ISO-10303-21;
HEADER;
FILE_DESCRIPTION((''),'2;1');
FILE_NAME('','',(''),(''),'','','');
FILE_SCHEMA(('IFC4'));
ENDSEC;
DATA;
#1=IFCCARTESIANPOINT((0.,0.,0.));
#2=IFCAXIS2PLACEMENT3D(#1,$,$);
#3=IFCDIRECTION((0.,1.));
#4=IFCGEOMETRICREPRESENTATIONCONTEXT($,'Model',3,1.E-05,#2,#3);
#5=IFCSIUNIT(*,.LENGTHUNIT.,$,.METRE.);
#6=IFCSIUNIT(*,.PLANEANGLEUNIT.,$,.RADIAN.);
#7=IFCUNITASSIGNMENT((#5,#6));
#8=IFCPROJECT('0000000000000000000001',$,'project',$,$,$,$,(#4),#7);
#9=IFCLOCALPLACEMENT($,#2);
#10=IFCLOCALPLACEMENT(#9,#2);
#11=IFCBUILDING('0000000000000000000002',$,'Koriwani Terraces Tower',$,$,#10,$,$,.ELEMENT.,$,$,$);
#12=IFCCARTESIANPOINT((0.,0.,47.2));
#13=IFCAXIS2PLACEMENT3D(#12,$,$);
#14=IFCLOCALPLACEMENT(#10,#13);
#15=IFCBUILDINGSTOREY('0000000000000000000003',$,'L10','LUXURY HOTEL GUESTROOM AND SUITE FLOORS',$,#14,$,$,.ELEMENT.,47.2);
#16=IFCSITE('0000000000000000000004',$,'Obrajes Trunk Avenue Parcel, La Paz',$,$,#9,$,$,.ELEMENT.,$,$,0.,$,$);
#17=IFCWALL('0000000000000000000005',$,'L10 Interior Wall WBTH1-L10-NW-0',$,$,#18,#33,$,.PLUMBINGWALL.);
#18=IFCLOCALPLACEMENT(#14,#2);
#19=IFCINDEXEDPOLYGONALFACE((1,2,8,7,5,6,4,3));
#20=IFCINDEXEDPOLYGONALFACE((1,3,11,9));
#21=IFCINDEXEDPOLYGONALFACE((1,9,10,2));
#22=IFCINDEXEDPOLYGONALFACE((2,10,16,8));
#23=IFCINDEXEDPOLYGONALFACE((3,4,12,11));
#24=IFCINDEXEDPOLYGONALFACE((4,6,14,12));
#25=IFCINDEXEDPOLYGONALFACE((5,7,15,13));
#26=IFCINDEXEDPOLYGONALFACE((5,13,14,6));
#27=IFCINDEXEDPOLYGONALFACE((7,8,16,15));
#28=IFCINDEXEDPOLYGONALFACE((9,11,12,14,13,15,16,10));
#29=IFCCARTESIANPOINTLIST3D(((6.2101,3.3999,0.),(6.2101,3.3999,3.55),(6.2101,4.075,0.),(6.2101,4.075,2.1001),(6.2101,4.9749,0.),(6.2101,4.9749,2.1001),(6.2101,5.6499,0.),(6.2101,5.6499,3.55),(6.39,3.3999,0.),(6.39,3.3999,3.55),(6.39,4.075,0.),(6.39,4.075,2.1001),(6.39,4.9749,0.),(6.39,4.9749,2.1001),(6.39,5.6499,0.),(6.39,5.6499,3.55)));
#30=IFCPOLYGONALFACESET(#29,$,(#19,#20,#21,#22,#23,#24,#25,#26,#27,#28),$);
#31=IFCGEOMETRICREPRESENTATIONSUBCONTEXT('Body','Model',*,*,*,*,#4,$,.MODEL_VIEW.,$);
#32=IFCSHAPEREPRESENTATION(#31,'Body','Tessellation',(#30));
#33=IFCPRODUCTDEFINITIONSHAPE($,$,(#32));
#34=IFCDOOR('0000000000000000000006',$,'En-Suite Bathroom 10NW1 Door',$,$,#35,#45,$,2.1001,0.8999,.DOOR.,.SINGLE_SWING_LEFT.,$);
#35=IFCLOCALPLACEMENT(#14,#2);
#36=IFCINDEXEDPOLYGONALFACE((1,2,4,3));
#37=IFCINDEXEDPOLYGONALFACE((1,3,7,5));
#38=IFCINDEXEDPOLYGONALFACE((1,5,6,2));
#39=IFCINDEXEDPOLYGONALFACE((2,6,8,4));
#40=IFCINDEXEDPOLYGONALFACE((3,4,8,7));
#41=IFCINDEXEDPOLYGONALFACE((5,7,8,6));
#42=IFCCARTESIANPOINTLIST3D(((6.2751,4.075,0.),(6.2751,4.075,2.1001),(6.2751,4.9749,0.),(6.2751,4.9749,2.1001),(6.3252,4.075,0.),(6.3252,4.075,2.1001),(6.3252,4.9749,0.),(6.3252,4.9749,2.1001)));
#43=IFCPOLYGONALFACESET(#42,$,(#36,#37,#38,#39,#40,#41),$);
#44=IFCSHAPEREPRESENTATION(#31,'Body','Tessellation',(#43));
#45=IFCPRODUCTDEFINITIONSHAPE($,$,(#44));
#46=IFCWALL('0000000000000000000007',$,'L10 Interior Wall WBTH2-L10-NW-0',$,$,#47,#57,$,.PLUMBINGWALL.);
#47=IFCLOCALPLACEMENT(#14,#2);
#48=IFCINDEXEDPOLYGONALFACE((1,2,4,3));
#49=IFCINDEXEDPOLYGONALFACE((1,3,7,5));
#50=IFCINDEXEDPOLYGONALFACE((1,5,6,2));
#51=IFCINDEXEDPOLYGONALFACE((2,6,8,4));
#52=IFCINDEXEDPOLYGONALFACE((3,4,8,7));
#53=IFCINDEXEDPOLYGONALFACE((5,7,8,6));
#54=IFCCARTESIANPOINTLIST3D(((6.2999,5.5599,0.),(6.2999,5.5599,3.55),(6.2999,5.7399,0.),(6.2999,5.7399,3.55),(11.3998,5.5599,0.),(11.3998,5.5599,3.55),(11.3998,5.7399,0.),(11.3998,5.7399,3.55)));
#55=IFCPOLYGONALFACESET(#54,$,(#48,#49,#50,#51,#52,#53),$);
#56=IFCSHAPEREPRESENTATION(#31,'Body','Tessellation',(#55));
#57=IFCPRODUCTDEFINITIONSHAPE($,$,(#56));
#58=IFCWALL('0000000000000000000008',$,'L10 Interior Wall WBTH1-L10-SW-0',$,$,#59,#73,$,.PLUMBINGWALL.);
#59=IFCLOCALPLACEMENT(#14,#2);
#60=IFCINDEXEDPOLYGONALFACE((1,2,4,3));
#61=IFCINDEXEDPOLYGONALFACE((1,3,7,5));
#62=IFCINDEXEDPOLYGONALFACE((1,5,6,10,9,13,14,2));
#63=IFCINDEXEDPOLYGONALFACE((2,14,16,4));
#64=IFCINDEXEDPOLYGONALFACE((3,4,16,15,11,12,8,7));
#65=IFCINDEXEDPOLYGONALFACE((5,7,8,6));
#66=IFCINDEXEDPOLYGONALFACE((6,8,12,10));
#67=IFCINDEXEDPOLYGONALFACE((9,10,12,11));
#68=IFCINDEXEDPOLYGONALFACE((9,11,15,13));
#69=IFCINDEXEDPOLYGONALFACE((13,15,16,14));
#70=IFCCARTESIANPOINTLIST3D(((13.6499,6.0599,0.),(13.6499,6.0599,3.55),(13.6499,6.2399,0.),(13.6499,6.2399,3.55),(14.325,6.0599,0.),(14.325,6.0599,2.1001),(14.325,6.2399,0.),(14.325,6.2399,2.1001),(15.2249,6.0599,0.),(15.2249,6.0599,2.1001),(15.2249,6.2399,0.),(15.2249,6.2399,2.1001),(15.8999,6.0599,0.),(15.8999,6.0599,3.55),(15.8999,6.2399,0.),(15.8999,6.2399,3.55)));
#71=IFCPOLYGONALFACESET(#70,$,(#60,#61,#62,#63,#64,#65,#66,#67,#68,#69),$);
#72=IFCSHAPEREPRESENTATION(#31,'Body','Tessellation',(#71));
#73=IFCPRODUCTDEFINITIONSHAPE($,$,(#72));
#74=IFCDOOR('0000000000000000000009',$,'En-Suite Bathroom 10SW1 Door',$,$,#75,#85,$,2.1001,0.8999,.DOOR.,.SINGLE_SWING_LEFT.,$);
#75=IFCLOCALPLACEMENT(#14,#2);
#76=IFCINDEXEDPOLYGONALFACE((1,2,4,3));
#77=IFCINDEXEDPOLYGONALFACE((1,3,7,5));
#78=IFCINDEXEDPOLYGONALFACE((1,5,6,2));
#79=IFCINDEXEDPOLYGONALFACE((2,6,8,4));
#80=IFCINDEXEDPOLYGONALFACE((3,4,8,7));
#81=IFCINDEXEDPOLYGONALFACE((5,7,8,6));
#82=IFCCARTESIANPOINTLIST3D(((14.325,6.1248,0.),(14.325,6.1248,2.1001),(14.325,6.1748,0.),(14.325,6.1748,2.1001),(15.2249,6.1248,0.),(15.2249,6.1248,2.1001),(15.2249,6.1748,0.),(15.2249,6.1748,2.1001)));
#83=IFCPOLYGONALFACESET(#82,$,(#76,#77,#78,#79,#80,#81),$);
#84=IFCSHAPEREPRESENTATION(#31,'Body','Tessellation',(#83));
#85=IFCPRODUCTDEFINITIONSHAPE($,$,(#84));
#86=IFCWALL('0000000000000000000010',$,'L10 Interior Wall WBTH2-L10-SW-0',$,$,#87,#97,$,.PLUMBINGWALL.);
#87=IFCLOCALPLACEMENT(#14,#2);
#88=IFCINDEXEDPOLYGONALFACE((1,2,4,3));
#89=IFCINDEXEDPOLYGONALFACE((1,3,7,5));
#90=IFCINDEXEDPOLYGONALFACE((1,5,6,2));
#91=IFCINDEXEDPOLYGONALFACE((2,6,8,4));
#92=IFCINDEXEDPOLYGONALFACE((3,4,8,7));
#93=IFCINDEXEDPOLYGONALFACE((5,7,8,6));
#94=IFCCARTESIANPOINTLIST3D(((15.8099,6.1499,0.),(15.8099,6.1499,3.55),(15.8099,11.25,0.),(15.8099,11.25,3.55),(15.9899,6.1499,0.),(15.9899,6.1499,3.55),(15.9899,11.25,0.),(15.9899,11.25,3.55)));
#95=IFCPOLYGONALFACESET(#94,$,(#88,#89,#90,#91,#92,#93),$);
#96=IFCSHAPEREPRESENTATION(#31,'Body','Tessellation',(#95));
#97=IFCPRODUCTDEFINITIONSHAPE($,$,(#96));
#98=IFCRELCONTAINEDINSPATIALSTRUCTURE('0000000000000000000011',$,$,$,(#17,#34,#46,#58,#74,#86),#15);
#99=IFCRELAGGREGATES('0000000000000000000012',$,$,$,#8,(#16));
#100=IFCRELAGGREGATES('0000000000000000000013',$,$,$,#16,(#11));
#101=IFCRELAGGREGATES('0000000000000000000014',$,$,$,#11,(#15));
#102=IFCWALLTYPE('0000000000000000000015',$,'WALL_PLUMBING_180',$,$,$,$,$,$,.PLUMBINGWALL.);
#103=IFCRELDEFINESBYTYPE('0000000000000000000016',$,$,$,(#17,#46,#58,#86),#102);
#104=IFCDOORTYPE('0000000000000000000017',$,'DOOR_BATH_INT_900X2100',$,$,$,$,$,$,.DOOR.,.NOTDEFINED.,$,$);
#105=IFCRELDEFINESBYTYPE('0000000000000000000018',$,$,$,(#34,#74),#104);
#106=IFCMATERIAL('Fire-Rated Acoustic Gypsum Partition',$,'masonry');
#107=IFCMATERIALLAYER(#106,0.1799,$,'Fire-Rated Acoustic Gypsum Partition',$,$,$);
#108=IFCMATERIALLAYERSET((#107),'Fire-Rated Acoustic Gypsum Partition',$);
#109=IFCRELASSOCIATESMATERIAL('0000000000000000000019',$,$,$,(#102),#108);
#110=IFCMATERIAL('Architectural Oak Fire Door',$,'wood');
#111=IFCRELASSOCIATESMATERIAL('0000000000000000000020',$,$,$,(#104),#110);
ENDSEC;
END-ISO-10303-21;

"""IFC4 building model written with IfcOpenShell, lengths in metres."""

from ifc_helpers import new_model, si_unit, direction, frame, frame_2d, origin, place, context, subcontext, project, spatial, rectangle, extrude, material, layer, layer_set, type_object, element, fill, save


model = new_model("IFC4")

# Units and contexts
model_context = context("Model", 3, precision=1e-05, world=origin(), true_north=direction((0.0, 1.0)))
body_context = subcontext(model_context, "Body", "Model", "MODEL_VIEW")
ifc_project = project(units=[si_unit("LENGTHUNIT", "METRE"), si_unit("PLANEANGLEUNIT", "RADIAN")], contexts=[model_context])

# Site, building, storey
site_placement = place(None, origin())
site = spatial("IfcSite", under=ifc_project, at=site_placement, Name="Obrajes Trunk Avenue Parcel, La Paz", CompositionType="ELEMENT", RefElevation=0.0)
building_placement = place(site_placement, origin())
building = spatial("IfcBuilding", under=site, at=building_placement, Name="Koriwani Terraces Tower", CompositionType="ELEMENT")
storey_placement = place(building_placement, frame((0.0, 0.0, 47.2)))
storey = spatial("IfcBuildingStorey", under=building, at=storey_placement, Name="L10", Description="LUXURY HOTEL GUESTROOM AND SUITE FLOORS", CompositionType="ELEMENT", Elevation=47.2)

# Shared definitions
ifc_material_1 = material(Name="Architectural Oak Fire Door", Category="wood")

# Wall, opening, door
ifc_material_2 = material(Name="Fire-Rated Acoustic Gypsum Partition", Category="masonry")
ifc_layer_1 = layer(ifc_material_2, 0.1799, Name="Fire-Rated Acoustic Gypsum Partition")
ifc_layer_set_1 = layer_set([ifc_layer_1], Name="Fire-Rated Acoustic Gypsum Partition")
wall_type_1 = type_object("IfcWallType", Name="WALL_PLUMBING_180", PredefinedType="PLUMBINGWALL", material=ifc_layer_set_1)
wall_1_placement = place(storey_placement, frame((6.3, 3.3999, 0.0), z_axis=(0.0, 0.0, 1.0), x_axis=(0.0, 1.0, 0.0)))
wall_1 = element("IfcWall", 1, at=wall_1_placement, inside=storey, type_object=wall_type_1, Name="L10 Interior Wall WBTH1-L10-NW-0", PredefinedType="PLUMBINGWALL", context=body_context, shape_type="SweptSolid", body=[
    extrude(rectangle(XDim=2.25, YDim=0.1799, at=frame_2d((1.125, 0.0))), origin(), (0.0, 0.0, 1.0), 3.55),
])
opening_1_placement = place(wall_1_placement, frame((0.675, 0.0, 0.0)))
opening_1 = element("IfcOpeningElement", 2, at=opening_1_placement, cuts=wall_1, PredefinedType="OPENING", context=body_context, shape_type="SweptSolid", body=[
    extrude(rectangle(XDim=0.8999, YDim=2.1001, at=frame_2d((0.45, 1.05))), frame((0.0, 0.1001, 0.0), z_axis=(0.0, -1.0, 0.0), x_axis=(1.0, 0.0, 0.0)), (0.0, 0.0, 1.0), 0.2),
])
door_type_1 = type_object("IfcDoorType", Name="DOOR_BATH_INT_900X2100", OperationType="NOTDEFINED", PredefinedType="DOOR", material=ifc_material_1)
door_1_placement = place(opening_1_placement, origin())
door_1 = element("IfcDoor", 3, at=door_1_placement, inside=storey, type_object=door_type_1, Name="En-Suite Bathroom 10NW1 Door", OperationType="SINGLE_SWING_LEFT", OverallHeight=2.1001, OverallWidth=0.8999, PredefinedType="DOOR", context=body_context, shape_type="SweptSolid", body=[
    extrude(rectangle(XDim=0.8999, YDim=2.1001, at=frame_2d((0.45, 1.05))), frame((0.0, 0.0249, 0.0), z_axis=(0.0, -1.0, 0.0), x_axis=(1.0, 0.0, 0.0)), (0.0, 0.0, 1.0), 0.05),
])
fill(opening_1, door_1)

# Wall
wall_2_placement = place(storey_placement, frame((6.3, 5.6499, 0.0), z_axis=(0.0, 0.0, 1.0), x_axis=(1.0, 0.0, 0.0)))
element("IfcWall", 4, at=wall_2_placement, inside=storey, type_object=wall_type_1, Name="L10 Interior Wall WBTH2-L10-NW-0", PredefinedType="PLUMBINGWALL", context=body_context, shape_type="SweptSolid", body=[
    extrude(rectangle(XDim=5.0999, YDim=0.1799, at=frame_2d((2.5498, 0.0))), origin(), (0.0, 0.0, 1.0), 3.55),
])

# Wall, opening, door
wall_3_placement = place(storey_placement, frame((13.6499, 6.1499, 0.0), z_axis=(0.0, 0.0, 1.0), x_axis=(1.0, 0.0, 0.0)))
wall_3 = element("IfcWall", 5, at=wall_3_placement, inside=storey, type_object=wall_type_1, Name="L10 Interior Wall WBTH1-L10-SW-0", PredefinedType="PLUMBINGWALL", context=body_context, shape_type="SweptSolid", body=[
    extrude(rectangle(XDim=2.25, YDim=0.1799, at=frame_2d((1.125, 0.0))), origin(), (0.0, 0.0, 1.0), 3.55),
])
opening_2_placement = place(wall_3_placement, frame((0.675, 0.0, 0.0)))
opening_2 = element("IfcOpeningElement", 6, at=opening_2_placement, cuts=wall_3, PredefinedType="OPENING", context=body_context, shape_type="SweptSolid", body=[
    extrude(rectangle(XDim=0.8999, YDim=2.1001, at=frame_2d((0.45, 1.05))), frame((0.0, 0.1001, 0.0), z_axis=(0.0, -1.0, 0.0), x_axis=(1.0, 0.0, 0.0)), (0.0, 0.0, 1.0), 0.2),
])
door_2_placement = place(opening_2_placement, origin())
door_2 = element("IfcDoor", 7, at=door_2_placement, inside=storey, type_object=door_type_1, Name="En-Suite Bathroom 10SW1 Door", OperationType="SINGLE_SWING_LEFT", OverallHeight=2.1001, OverallWidth=0.8999, PredefinedType="DOOR", context=body_context, shape_type="SweptSolid", body=[
    extrude(rectangle(XDim=0.8999, YDim=2.1001, at=frame_2d((0.45, 1.05))), frame((0.0, 0.0249, 0.0), z_axis=(0.0, -1.0, 0.0), x_axis=(1.0, 0.0, 0.0)), (0.0, 0.0, 1.0), 0.05),
])
fill(opening_2, door_2)

# Wall
wall_4_placement = place(storey_placement, frame((15.8999, 6.1499, 0.0), z_axis=(0.0, 0.0, 1.0), x_axis=(0.0, 1.0, 0.0)))
element("IfcWall", 8, at=wall_4_placement, inside=storey, type_object=wall_type_1, Name="L10 Interior Wall WBTH2-L10-SW-0", PredefinedType="PLUMBINGWALL", context=body_context, shape_type="SweptSolid", body=[
    extrude(rectangle(XDim=5.1001, YDim=0.1799, at=frame_2d((2.55, 0.0))), origin(), (0.0, 0.0, 1.0), 3.55),
])

save(model, "model.ifc")
